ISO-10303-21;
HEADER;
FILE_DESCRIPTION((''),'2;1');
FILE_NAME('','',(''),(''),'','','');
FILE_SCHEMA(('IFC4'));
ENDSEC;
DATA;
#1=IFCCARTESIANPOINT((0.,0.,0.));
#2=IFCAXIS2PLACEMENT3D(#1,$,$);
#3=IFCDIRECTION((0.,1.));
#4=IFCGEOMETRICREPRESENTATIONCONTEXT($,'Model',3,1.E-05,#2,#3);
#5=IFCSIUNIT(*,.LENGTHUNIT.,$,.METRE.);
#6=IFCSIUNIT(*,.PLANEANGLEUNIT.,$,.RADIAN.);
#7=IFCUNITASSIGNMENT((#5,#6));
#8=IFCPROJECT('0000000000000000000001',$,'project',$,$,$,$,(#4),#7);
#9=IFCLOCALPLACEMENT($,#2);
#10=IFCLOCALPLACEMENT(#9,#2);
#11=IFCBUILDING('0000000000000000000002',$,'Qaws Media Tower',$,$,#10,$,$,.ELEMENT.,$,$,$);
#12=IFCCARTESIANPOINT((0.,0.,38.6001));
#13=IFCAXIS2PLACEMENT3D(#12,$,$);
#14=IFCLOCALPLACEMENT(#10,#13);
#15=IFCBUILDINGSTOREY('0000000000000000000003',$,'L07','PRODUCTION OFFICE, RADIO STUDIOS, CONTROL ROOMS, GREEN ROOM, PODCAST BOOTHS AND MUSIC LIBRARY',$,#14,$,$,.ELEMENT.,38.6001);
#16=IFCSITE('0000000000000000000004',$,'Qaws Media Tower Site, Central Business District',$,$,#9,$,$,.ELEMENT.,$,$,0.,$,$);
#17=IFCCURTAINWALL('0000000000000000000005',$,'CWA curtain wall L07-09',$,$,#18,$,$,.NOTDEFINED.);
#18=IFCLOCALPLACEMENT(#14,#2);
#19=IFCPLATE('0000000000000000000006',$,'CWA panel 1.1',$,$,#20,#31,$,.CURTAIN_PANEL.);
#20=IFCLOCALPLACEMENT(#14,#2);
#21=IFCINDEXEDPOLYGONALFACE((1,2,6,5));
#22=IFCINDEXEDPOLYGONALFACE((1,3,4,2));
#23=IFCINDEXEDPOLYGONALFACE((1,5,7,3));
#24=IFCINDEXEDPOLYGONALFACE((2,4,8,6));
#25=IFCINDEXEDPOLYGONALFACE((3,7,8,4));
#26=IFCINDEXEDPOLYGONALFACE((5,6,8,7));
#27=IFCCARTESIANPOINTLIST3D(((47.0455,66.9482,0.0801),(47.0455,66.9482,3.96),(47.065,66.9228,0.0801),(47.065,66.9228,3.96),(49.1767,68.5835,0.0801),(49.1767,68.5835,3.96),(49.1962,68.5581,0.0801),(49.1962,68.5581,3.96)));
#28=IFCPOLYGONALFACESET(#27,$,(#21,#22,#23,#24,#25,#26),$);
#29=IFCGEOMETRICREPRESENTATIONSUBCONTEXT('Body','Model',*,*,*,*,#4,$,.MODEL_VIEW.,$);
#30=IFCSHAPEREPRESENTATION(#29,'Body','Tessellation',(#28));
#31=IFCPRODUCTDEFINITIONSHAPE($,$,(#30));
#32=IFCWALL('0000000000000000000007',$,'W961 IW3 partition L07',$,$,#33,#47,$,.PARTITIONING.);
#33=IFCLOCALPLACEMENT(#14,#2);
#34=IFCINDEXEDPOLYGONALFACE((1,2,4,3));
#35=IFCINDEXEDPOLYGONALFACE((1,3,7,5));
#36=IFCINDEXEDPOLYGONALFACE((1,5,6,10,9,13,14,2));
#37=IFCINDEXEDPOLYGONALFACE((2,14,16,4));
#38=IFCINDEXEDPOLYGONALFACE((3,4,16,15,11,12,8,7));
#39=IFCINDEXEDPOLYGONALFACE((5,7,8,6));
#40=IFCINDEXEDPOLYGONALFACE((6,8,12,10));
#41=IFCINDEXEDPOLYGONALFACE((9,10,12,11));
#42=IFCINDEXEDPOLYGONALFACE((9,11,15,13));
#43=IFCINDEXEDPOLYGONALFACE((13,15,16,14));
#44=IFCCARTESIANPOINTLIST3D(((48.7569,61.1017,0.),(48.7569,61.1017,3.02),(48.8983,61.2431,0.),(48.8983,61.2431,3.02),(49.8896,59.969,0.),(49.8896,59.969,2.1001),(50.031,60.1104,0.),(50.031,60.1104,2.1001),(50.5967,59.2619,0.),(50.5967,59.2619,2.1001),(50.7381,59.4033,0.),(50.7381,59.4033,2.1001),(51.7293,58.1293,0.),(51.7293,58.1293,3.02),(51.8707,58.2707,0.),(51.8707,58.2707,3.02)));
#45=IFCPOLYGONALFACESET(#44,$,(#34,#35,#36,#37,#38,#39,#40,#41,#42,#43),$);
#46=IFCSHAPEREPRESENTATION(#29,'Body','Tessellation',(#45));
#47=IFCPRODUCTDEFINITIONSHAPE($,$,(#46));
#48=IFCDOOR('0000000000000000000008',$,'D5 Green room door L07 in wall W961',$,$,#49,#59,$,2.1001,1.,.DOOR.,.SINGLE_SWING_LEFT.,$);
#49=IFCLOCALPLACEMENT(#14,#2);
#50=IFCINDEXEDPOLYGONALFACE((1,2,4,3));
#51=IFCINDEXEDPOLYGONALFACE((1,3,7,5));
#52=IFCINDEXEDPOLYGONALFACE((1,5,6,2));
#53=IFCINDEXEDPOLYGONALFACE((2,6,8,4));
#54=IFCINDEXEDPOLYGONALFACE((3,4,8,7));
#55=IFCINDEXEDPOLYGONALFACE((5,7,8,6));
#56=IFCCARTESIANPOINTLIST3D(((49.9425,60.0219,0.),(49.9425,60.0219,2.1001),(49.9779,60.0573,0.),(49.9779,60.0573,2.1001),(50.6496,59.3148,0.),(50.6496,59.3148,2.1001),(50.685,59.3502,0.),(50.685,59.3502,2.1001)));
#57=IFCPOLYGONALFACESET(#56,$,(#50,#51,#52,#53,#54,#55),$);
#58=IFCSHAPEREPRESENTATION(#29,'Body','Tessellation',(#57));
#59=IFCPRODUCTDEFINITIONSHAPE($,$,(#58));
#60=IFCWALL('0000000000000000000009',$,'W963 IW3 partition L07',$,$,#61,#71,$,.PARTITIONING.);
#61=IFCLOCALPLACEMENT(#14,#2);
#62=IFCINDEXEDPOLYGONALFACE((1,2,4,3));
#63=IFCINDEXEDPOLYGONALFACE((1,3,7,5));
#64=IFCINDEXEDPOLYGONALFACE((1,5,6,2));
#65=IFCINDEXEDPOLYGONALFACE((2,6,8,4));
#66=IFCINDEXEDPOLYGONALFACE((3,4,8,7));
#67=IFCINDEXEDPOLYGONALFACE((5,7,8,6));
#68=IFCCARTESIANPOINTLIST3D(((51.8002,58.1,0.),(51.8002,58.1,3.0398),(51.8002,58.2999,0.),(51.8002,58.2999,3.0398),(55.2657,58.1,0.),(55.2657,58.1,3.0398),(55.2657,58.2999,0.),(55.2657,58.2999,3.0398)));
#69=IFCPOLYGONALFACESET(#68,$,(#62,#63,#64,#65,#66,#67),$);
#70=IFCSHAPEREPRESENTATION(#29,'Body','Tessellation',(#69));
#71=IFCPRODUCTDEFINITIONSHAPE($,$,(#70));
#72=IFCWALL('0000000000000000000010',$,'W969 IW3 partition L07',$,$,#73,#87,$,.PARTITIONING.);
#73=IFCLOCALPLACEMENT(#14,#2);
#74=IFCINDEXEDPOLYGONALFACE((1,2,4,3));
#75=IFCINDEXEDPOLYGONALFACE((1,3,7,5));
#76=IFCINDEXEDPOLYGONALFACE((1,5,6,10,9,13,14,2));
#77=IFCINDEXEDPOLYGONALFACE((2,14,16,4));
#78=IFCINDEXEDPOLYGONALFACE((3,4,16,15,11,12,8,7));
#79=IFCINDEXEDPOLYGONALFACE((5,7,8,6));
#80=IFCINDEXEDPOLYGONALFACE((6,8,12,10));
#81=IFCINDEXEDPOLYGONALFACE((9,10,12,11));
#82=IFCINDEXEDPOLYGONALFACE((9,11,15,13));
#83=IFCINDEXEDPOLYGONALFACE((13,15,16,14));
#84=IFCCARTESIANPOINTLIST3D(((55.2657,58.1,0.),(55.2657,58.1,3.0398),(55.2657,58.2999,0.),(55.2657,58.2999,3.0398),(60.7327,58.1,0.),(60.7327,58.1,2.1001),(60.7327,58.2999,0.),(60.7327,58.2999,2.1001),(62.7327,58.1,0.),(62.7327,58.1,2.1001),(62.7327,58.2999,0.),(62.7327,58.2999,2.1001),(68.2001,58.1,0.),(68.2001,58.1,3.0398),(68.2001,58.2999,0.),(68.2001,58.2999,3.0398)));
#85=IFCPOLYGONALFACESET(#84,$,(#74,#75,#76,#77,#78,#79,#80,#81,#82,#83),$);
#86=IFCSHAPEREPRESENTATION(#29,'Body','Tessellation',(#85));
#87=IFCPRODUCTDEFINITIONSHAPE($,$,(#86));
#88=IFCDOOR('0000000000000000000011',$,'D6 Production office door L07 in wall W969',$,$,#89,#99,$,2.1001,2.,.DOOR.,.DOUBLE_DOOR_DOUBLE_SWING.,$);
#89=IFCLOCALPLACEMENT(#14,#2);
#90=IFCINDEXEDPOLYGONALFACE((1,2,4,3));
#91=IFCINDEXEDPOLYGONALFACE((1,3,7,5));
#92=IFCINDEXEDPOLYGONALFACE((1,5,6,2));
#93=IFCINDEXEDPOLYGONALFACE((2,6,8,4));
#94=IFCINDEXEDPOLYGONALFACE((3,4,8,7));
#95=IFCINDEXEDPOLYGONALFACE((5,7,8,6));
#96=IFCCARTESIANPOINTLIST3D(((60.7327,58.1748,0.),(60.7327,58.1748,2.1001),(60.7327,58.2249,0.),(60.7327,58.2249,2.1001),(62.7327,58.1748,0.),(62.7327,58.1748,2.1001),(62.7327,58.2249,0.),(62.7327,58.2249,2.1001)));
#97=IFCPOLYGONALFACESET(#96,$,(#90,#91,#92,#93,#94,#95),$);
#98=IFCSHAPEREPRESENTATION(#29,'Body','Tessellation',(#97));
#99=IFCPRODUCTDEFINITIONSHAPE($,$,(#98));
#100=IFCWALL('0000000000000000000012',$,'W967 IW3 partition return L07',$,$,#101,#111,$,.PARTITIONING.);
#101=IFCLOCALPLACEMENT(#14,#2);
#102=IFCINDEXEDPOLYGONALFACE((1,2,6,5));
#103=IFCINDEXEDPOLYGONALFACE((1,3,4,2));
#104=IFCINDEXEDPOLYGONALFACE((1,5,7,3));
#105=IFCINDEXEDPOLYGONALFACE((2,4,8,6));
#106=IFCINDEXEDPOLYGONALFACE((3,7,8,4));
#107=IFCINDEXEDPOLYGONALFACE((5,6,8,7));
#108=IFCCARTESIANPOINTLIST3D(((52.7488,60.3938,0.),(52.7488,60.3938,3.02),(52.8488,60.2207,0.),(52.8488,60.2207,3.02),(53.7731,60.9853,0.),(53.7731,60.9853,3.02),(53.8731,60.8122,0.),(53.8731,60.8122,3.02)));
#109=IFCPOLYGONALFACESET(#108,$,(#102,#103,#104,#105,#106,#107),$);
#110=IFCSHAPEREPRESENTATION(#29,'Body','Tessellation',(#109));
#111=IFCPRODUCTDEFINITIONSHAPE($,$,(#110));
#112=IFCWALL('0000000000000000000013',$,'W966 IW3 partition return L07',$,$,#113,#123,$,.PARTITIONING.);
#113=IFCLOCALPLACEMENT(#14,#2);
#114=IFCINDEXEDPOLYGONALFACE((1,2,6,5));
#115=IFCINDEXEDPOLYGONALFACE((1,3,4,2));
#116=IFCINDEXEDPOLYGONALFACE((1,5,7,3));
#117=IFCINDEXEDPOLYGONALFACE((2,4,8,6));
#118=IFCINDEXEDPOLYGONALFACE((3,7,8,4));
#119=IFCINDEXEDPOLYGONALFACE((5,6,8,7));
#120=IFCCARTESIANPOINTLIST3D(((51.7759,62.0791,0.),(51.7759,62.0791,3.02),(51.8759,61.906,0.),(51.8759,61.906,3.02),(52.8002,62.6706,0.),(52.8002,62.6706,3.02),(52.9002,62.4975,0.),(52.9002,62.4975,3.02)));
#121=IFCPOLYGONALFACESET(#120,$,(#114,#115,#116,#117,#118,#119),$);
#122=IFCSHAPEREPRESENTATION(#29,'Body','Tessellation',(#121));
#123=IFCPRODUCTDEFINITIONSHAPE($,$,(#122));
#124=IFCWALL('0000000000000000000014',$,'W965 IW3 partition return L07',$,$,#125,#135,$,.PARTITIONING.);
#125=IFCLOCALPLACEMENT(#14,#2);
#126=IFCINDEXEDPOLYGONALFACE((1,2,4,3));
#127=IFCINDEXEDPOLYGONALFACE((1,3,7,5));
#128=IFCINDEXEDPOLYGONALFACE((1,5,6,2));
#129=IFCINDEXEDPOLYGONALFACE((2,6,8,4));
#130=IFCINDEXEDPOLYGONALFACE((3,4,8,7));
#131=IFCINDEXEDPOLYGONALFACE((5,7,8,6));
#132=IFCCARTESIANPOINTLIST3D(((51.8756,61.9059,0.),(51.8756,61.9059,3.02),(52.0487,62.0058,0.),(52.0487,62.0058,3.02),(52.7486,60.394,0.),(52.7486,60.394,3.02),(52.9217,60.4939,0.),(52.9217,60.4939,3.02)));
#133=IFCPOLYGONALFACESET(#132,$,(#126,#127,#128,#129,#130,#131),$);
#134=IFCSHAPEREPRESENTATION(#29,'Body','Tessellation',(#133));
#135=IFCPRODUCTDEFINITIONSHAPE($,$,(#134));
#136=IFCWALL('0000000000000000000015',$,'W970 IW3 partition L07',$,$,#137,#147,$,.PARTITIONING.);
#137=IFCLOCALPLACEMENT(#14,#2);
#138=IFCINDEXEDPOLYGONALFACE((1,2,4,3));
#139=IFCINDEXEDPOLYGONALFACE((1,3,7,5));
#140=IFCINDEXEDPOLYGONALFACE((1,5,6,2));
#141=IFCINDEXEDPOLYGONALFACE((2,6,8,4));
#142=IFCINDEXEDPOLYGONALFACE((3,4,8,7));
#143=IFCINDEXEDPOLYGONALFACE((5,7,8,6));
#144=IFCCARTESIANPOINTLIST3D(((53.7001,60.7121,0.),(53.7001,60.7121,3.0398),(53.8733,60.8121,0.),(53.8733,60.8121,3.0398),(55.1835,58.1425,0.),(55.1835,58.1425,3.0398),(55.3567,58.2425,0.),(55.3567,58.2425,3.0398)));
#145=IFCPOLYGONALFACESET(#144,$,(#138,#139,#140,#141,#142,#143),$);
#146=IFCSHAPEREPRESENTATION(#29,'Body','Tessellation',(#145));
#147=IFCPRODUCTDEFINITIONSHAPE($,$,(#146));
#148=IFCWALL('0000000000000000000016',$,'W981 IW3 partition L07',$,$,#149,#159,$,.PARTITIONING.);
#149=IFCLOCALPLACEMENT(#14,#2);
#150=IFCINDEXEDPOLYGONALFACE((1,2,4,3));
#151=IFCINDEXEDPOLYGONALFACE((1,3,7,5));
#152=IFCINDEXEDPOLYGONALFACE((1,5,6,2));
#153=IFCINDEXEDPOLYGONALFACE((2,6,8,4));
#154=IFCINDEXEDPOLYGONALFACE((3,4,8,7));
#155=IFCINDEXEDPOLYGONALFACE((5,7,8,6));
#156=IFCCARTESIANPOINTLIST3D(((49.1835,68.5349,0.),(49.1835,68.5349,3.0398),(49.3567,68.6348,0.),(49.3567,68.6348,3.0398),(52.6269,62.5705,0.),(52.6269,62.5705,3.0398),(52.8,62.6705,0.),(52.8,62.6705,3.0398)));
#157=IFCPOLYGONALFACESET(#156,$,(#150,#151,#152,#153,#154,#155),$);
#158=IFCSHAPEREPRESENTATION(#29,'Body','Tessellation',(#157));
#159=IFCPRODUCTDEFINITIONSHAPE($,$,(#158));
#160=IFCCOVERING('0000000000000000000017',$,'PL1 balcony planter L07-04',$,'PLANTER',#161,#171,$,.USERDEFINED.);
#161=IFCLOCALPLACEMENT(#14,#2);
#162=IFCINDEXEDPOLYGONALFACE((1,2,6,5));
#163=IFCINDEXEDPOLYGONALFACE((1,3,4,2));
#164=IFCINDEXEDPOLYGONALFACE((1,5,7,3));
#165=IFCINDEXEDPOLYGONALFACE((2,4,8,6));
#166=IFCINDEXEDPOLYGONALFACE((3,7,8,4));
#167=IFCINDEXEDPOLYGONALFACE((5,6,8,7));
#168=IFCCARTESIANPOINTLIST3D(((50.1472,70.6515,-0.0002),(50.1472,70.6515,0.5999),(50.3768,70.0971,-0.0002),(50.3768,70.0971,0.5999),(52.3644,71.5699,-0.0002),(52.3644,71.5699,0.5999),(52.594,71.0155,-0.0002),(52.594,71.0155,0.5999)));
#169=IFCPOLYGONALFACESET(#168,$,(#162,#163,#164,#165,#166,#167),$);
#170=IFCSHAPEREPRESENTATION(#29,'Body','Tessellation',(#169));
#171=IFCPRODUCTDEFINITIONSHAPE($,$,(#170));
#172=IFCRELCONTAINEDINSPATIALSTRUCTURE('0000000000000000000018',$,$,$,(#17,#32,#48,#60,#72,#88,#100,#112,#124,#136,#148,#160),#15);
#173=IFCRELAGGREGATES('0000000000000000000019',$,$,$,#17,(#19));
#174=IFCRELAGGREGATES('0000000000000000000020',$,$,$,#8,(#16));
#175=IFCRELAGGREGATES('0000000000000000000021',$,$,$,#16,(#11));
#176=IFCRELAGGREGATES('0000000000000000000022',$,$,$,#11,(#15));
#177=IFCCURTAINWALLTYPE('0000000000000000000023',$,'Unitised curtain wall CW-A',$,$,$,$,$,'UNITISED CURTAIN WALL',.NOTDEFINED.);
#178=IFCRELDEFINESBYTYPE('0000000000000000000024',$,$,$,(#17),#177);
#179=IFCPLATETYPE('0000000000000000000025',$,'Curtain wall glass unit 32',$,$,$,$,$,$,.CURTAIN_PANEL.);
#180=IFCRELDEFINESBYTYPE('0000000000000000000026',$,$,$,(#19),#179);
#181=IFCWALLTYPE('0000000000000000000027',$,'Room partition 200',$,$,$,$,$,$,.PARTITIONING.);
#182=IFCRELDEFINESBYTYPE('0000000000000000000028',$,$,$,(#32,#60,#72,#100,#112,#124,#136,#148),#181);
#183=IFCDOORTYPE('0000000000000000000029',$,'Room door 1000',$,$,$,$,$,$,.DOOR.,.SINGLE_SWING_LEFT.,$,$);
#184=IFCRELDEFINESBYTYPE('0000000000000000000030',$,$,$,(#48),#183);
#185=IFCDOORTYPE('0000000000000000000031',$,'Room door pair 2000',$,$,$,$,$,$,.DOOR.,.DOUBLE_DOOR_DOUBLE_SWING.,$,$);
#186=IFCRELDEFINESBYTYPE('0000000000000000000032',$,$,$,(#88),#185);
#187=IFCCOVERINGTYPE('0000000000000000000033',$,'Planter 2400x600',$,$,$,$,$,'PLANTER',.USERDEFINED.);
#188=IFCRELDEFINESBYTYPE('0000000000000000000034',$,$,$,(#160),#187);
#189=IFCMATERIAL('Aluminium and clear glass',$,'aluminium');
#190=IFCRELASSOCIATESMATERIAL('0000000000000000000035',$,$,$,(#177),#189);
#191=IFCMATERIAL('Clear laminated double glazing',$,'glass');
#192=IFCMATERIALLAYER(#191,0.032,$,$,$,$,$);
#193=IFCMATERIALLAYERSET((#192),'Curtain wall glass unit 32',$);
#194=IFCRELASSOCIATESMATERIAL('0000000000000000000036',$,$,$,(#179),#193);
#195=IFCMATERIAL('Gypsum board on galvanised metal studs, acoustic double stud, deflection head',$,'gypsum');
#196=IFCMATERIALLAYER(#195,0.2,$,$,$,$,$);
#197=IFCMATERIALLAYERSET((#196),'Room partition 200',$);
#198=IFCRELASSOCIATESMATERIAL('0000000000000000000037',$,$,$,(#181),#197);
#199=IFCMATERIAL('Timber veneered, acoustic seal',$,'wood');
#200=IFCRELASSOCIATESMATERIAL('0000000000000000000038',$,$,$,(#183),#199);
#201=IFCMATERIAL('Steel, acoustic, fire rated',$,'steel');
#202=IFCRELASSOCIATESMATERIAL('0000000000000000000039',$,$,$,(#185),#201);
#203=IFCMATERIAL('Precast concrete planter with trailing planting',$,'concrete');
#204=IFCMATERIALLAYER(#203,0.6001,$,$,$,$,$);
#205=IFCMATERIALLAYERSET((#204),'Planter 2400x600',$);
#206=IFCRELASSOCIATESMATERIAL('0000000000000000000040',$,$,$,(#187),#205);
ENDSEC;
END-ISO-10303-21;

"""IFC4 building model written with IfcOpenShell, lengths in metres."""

from ifc_helpers import new_model, si_unit, direction, frame, frame_2d, origin, origin_2d, place, context, subcontext, project, spatial, rectangle, extrude, material, layer, layer_set, type_object, element, fill, aggregate, save


model = new_model("IFC4")

# Units and contexts
model_context = context("Model", 3, precision=1e-05, world=origin(), true_north=direction((0.0, 1.0)))
body_context = subcontext(model_context, "Body", "Model", "MODEL_VIEW")
ifc_project = project(units=[si_unit("LENGTHUNIT", "METRE"), si_unit("PLANEANGLEUNIT", "RADIAN")], contexts=[model_context])

# Site, building, storey
site_placement = place(None, origin())
site = spatial("IfcSite", under=ifc_project, at=site_placement, Name="Qaws Media Tower Site, Central Business District", CompositionType="ELEMENT", RefElevation=0.0)
building_placement = place(site_placement, origin())
building = spatial("IfcBuilding", under=site, at=building_placement, Name="Qaws Media Tower", CompositionType="ELEMENT")
storey_placement = place(building_placement, frame((0.0, 0.0, 38.6001)))
storey = spatial("IfcBuildingStorey", under=building, at=storey_placement, Name="L07", Description="PRODUCTION OFFICE, RADIO STUDIOS, CONTROL ROOMS, GREEN ROOM, PODCAST BOOTHS AND MUSIC LIBRARY", CompositionType="ELEMENT", Elevation=38.6001)

# Curtain wall
ifc_material_1 = material(Name="Aluminium and clear glass", Category="aluminium")
curtain_wall_type = type_object("IfcCurtainWallType", Name="Unitised curtain wall CW-A", ElementType="UNITISED CURTAIN WALL", PredefinedType="NOTDEFINED", material=ifc_material_1)
curtain_wall_1_placement = place(storey_placement, origin())
curtain_wall_1 = element("IfcCurtainWall", 1, at=curtain_wall_1_placement, inside=storey, type_object=curtain_wall_type, Name="CWA curtain wall L07-09", PredefinedType="NOTDEFINED")

# Plate
ifc_material_2 = material(Name="Clear laminated double glazing", Category="glass")
ifc_layer_1 = layer(ifc_material_2, 0.032)
ifc_layer_set_1 = layer_set([ifc_layer_1], Name="Curtain wall glass unit 32")
plate_type = type_object("IfcPlateType", Name="Curtain wall glass unit 32", PredefinedType="CURTAIN_PANEL", material=ifc_layer_set_1)
plate_1_placement = place(storey_placement, frame((48.1208, 67.7532, 0.0801), z_axis=(0.0, 0.0, 1.0), x_axis=(-0.793353, -0.608761, 0.0)))
plate_1 = element("IfcPlate", 2, at=plate_1_placement, type_object=plate_type, Name="CWA panel 1.1", PredefinedType="CURTAIN_PANEL", context=body_context, shape_type="SweptSolid", body=[
    extrude(rectangle(XDim=2.6863, YDim=0.032, at=origin_2d()), origin(), (0.0, 0.0, 1.0), 3.8799),
])
aggregate(curtain_wall_1, [plate_1])

# Wall, opening, door
ifc_material_3 = material(Name="Gypsum board on galvanised metal studs, acoustic double stud, deflection head", Category="gypsum")
ifc_layer_2 = layer(ifc_material_3, 0.2)
ifc_layer_set_2 = layer_set([ifc_layer_2], Name="Room partition 200")
wall_type = type_object("IfcWallType", Name="Room partition 200", PredefinedType="PARTITIONING", material=ifc_layer_set_2)
wall_1_placement = place(storey_placement, frame((48.8276, 61.1724, 0.0), z_axis=(0.0, 0.0, 1.0), x_axis=(0.707107, -0.707107, 0.0)))
wall_1 = element("IfcWall", 3, at=wall_1_placement, inside=storey, type_object=wall_type, Name="W961 IW3 partition L07", PredefinedType="PARTITIONING", context=body_context, shape_type="SweptSolid", body=[
    extrude(rectangle(XDim=4.2036, YDim=0.2, at=frame_2d((2.1018, 0.0))), origin(), (0.0, 0.0, 1.0), 3.02),
])
opening_1_placement = place(wall_1_placement, frame((1.6018, 0.0, 0.0)))
opening_1 = element("IfcOpeningElement", 4, at=opening_1_placement, cuts=wall_1, PredefinedType="OPENING", context=body_context, shape_type="SweptSolid", body=[
    extrude(rectangle(XDim=1.0, YDim=2.1001, at=frame_2d((0.5, 1.05))), frame((0.0, 0.1099, 0.0), z_axis=(0.0, -1.0, 0.0), x_axis=(1.0, 0.0, 0.0)), (0.0, 0.0, 1.0), 0.22),
])
ifc_material_4 = material(Name="Timber veneered, acoustic seal", Category="wood")
door_type_1 = type_object("IfcDoorType", Name="Room door 1000", OperationType="SINGLE_SWING_LEFT", PredefinedType="DOOR", material=ifc_material_4)
door_1_placement = place(opening_1_placement, origin())
door_1 = element("IfcDoor", 5, at=door_1_placement, inside=storey, type_object=door_type_1, Name="D5 Green room door L07 in wall W961", OperationType="SINGLE_SWING_LEFT", OverallHeight=2.1001, OverallWidth=1.0, PredefinedType="DOOR", context=body_context, shape_type="SweptSolid", body=[
    extrude(rectangle(XDim=1.0, YDim=2.1001, at=frame_2d((0.5, 1.05))), frame((0.0, 0.0249, 0.0), z_axis=(0.0, -1.0, 0.0), x_axis=(1.0, 0.0, 0.0)), (0.0, 0.0, 1.0), 0.05),
])
fill(opening_1, door_1)

# Wall
wall_2_placement = place(storey_placement, frame((51.8, 58.2, 0.0), z_axis=(0.0, 0.0, 1.0), x_axis=(1.0, 0.0, 0.0)))
element("IfcWall", 6, at=wall_2_placement, inside=storey, type_object=wall_type, Name="W963 IW3 partition L07", PredefinedType="PARTITIONING", context=body_context, shape_type="SweptSolid", body=[
    extrude(rectangle(XDim=3.4656, YDim=0.2, at=frame_2d((1.7329, 0.0))), origin(), (0.0, 0.0, 1.0), 3.0398),
])

# Wall, opening, door
wall_3_placement = place(storey_placement, frame((55.2656, 58.2, 0.0), z_axis=(0.0, 0.0, 1.0), x_axis=(1.0, 0.0, 0.0)))
wall_3 = element("IfcWall", 7, at=wall_3_placement, inside=storey, type_object=wall_type, Name="W969 IW3 partition L07", PredefinedType="PARTITIONING", context=body_context, shape_type="SweptSolid", body=[
    extrude(rectangle(XDim=12.9343, YDim=0.2, at=frame_2d((6.4673, 0.0))), origin(), (0.0, 0.0, 1.0), 3.0398),
])
opening_2_placement = place(wall_3_placement, frame((5.467, 0.0, 0.0)))
opening_2 = element("IfcOpeningElement", 8, at=opening_2_placement, cuts=wall_3, PredefinedType="OPENING", context=body_context, shape_type="SweptSolid", body=[
    extrude(rectangle(XDim=2.0, YDim=2.1001, at=frame_2d((1.0, 1.05))), frame((0.0, 0.1099, 0.0), z_axis=(0.0, -1.0, 0.0), x_axis=(1.0, 0.0, 0.0)), (0.0, 0.0, 1.0), 0.22),
])
ifc_material_5 = material(Name="Steel, acoustic, fire rated", Category="steel")
door_type_2 = type_object("IfcDoorType", Name="Room door pair 2000", OperationType="DOUBLE_DOOR_DOUBLE_SWING", PredefinedType="DOOR", material=ifc_material_5)
door_2_placement = place(opening_2_placement, origin())
door_2 = element("IfcDoor", 9, at=door_2_placement, inside=storey, type_object=door_type_2, Name="D6 Production office door L07 in wall W969", OperationType="DOUBLE_DOOR_DOUBLE_SWING", OverallHeight=2.1001, OverallWidth=2.0, PredefinedType="DOOR", context=body_context, shape_type="SweptSolid", body=[
    extrude(rectangle(XDim=2.0, YDim=2.1001, at=frame_2d((1.0, 1.05))), frame((0.0, 0.0249, 0.0), z_axis=(0.0, -1.0, 0.0), x_axis=(1.0, 0.0, 0.0)), (0.0, 0.0, 1.0), 0.05),
])
fill(opening_2, door_2)

# Walls
for number, where, z_axis, x_axis, name in (
    (10, (53.823, 60.8987, 0.0), (0.0, 0.0, 1.0), (-0.865986, -0.500068, 0.0), "W967 IW3 partition return L07"),
    (11, (52.8501, 62.584, 0.0), (0.0, 0.0, 1.0), (-0.865986, -0.500068, 0.0), "W966 IW3 partition return L07"),
):
    element("IfcWall", number, at=place(storey_placement, frame(where, z_axis=z_axis, x_axis=x_axis)), inside=storey, type_object=wall_type, Name=name, PredefinedType="PARTITIONING", context=body_context, shape_type="SweptSolid", body=[
        extrude(rectangle(XDim=1.1829, YDim=0.2, at=frame_2d((0.5913, 0.0))), origin(), (0.0, 0.0, 1.0), 3.02),
    ])
wall_4_placement = place(storey_placement, frame((52.8352, 60.4438, 0.0), z_axis=(0.0, 0.0, 1.0), x_axis=(-0.500049, 0.865997, 0.0)))
element("IfcWall", 12, at=wall_4_placement, inside=storey, type_object=wall_type, Name="W965 IW3 partition return L07", PredefinedType="PARTITIONING", context=body_context, shape_type="SweptSolid", body=[
    extrude(rectangle(XDim=1.7458, YDim=0.2, at=frame_2d((0.873, 0.0))), origin(), (0.0, 0.0, 1.0), 3.02),
])
wall_5_placement = place(storey_placement, frame((55.27, 58.1926, 0.0), z_axis=(0.0, 0.0, 1.0), x_axis=(-0.499962, 0.866047, 0.0)))
element("IfcWall", 13, at=wall_5_placement, inside=storey, type_object=wall_type, Name="W970 IW3 partition L07", PredefinedType="PARTITIONING", context=body_context, shape_type="SweptSolid", body=[
    extrude(rectangle(XDim=2.967, YDim=0.2, at=frame_2d((1.4834, 0.0))), origin(), (0.0, 0.0, 1.0), 3.0398),
])
wall_6_placement = place(storey_placement, frame((52.7134, 62.6206, 0.0), z_axis=(0.0, 0.0, 1.0), x_axis=(-0.499982, 0.866036, 0.0)))
element("IfcWall", 14, at=wall_6_placement, inside=storey, type_object=wall_type, Name="W981 IW3 partition L07", PredefinedType="PARTITIONING", context=body_context, shape_type="SweptSolid", body=[
    extrude(rectangle(XDim=6.887, YDim=0.2, at=frame_2d((3.4434, 0.0))), origin(), (0.0, 0.0, 1.0), 3.0398),
])

# Covering
ifc_material_6 = material(Name="Precast concrete planter with trailing planting", Category="concrete")
ifc_layer_3 = layer(ifc_material_6, 0.6001)
ifc_layer_set_3 = layer_set([ifc_layer_3], Name="Planter 2400x600")
covering_type = type_object("IfcCoveringType", Name="Planter 2400x600", ElementType="PLANTER", PredefinedType="USERDEFINED", material=ifc_layer_set_3)
covering_placement = place(storey_placement, frame((51.3706, 70.8335, -0.0002), z_axis=(0.0, 0.0, 1.0), x_axis=(-0.92388, -0.382683, 0.0)))
element("IfcCovering", 15, at=covering_placement, inside=storey, type_object=covering_type, Name="PL1 balcony planter L07-04", ObjectType="PLANTER", PredefinedType="USERDEFINED", context=body_context, shape_type="SweptSolid", body=[
    extrude(rectangle(XDim=2.3999, YDim=0.6001, at=origin_2d()), origin(), (0.0, 0.0, 1.0), 0.6001),
])

save(model, "model.ifc")
